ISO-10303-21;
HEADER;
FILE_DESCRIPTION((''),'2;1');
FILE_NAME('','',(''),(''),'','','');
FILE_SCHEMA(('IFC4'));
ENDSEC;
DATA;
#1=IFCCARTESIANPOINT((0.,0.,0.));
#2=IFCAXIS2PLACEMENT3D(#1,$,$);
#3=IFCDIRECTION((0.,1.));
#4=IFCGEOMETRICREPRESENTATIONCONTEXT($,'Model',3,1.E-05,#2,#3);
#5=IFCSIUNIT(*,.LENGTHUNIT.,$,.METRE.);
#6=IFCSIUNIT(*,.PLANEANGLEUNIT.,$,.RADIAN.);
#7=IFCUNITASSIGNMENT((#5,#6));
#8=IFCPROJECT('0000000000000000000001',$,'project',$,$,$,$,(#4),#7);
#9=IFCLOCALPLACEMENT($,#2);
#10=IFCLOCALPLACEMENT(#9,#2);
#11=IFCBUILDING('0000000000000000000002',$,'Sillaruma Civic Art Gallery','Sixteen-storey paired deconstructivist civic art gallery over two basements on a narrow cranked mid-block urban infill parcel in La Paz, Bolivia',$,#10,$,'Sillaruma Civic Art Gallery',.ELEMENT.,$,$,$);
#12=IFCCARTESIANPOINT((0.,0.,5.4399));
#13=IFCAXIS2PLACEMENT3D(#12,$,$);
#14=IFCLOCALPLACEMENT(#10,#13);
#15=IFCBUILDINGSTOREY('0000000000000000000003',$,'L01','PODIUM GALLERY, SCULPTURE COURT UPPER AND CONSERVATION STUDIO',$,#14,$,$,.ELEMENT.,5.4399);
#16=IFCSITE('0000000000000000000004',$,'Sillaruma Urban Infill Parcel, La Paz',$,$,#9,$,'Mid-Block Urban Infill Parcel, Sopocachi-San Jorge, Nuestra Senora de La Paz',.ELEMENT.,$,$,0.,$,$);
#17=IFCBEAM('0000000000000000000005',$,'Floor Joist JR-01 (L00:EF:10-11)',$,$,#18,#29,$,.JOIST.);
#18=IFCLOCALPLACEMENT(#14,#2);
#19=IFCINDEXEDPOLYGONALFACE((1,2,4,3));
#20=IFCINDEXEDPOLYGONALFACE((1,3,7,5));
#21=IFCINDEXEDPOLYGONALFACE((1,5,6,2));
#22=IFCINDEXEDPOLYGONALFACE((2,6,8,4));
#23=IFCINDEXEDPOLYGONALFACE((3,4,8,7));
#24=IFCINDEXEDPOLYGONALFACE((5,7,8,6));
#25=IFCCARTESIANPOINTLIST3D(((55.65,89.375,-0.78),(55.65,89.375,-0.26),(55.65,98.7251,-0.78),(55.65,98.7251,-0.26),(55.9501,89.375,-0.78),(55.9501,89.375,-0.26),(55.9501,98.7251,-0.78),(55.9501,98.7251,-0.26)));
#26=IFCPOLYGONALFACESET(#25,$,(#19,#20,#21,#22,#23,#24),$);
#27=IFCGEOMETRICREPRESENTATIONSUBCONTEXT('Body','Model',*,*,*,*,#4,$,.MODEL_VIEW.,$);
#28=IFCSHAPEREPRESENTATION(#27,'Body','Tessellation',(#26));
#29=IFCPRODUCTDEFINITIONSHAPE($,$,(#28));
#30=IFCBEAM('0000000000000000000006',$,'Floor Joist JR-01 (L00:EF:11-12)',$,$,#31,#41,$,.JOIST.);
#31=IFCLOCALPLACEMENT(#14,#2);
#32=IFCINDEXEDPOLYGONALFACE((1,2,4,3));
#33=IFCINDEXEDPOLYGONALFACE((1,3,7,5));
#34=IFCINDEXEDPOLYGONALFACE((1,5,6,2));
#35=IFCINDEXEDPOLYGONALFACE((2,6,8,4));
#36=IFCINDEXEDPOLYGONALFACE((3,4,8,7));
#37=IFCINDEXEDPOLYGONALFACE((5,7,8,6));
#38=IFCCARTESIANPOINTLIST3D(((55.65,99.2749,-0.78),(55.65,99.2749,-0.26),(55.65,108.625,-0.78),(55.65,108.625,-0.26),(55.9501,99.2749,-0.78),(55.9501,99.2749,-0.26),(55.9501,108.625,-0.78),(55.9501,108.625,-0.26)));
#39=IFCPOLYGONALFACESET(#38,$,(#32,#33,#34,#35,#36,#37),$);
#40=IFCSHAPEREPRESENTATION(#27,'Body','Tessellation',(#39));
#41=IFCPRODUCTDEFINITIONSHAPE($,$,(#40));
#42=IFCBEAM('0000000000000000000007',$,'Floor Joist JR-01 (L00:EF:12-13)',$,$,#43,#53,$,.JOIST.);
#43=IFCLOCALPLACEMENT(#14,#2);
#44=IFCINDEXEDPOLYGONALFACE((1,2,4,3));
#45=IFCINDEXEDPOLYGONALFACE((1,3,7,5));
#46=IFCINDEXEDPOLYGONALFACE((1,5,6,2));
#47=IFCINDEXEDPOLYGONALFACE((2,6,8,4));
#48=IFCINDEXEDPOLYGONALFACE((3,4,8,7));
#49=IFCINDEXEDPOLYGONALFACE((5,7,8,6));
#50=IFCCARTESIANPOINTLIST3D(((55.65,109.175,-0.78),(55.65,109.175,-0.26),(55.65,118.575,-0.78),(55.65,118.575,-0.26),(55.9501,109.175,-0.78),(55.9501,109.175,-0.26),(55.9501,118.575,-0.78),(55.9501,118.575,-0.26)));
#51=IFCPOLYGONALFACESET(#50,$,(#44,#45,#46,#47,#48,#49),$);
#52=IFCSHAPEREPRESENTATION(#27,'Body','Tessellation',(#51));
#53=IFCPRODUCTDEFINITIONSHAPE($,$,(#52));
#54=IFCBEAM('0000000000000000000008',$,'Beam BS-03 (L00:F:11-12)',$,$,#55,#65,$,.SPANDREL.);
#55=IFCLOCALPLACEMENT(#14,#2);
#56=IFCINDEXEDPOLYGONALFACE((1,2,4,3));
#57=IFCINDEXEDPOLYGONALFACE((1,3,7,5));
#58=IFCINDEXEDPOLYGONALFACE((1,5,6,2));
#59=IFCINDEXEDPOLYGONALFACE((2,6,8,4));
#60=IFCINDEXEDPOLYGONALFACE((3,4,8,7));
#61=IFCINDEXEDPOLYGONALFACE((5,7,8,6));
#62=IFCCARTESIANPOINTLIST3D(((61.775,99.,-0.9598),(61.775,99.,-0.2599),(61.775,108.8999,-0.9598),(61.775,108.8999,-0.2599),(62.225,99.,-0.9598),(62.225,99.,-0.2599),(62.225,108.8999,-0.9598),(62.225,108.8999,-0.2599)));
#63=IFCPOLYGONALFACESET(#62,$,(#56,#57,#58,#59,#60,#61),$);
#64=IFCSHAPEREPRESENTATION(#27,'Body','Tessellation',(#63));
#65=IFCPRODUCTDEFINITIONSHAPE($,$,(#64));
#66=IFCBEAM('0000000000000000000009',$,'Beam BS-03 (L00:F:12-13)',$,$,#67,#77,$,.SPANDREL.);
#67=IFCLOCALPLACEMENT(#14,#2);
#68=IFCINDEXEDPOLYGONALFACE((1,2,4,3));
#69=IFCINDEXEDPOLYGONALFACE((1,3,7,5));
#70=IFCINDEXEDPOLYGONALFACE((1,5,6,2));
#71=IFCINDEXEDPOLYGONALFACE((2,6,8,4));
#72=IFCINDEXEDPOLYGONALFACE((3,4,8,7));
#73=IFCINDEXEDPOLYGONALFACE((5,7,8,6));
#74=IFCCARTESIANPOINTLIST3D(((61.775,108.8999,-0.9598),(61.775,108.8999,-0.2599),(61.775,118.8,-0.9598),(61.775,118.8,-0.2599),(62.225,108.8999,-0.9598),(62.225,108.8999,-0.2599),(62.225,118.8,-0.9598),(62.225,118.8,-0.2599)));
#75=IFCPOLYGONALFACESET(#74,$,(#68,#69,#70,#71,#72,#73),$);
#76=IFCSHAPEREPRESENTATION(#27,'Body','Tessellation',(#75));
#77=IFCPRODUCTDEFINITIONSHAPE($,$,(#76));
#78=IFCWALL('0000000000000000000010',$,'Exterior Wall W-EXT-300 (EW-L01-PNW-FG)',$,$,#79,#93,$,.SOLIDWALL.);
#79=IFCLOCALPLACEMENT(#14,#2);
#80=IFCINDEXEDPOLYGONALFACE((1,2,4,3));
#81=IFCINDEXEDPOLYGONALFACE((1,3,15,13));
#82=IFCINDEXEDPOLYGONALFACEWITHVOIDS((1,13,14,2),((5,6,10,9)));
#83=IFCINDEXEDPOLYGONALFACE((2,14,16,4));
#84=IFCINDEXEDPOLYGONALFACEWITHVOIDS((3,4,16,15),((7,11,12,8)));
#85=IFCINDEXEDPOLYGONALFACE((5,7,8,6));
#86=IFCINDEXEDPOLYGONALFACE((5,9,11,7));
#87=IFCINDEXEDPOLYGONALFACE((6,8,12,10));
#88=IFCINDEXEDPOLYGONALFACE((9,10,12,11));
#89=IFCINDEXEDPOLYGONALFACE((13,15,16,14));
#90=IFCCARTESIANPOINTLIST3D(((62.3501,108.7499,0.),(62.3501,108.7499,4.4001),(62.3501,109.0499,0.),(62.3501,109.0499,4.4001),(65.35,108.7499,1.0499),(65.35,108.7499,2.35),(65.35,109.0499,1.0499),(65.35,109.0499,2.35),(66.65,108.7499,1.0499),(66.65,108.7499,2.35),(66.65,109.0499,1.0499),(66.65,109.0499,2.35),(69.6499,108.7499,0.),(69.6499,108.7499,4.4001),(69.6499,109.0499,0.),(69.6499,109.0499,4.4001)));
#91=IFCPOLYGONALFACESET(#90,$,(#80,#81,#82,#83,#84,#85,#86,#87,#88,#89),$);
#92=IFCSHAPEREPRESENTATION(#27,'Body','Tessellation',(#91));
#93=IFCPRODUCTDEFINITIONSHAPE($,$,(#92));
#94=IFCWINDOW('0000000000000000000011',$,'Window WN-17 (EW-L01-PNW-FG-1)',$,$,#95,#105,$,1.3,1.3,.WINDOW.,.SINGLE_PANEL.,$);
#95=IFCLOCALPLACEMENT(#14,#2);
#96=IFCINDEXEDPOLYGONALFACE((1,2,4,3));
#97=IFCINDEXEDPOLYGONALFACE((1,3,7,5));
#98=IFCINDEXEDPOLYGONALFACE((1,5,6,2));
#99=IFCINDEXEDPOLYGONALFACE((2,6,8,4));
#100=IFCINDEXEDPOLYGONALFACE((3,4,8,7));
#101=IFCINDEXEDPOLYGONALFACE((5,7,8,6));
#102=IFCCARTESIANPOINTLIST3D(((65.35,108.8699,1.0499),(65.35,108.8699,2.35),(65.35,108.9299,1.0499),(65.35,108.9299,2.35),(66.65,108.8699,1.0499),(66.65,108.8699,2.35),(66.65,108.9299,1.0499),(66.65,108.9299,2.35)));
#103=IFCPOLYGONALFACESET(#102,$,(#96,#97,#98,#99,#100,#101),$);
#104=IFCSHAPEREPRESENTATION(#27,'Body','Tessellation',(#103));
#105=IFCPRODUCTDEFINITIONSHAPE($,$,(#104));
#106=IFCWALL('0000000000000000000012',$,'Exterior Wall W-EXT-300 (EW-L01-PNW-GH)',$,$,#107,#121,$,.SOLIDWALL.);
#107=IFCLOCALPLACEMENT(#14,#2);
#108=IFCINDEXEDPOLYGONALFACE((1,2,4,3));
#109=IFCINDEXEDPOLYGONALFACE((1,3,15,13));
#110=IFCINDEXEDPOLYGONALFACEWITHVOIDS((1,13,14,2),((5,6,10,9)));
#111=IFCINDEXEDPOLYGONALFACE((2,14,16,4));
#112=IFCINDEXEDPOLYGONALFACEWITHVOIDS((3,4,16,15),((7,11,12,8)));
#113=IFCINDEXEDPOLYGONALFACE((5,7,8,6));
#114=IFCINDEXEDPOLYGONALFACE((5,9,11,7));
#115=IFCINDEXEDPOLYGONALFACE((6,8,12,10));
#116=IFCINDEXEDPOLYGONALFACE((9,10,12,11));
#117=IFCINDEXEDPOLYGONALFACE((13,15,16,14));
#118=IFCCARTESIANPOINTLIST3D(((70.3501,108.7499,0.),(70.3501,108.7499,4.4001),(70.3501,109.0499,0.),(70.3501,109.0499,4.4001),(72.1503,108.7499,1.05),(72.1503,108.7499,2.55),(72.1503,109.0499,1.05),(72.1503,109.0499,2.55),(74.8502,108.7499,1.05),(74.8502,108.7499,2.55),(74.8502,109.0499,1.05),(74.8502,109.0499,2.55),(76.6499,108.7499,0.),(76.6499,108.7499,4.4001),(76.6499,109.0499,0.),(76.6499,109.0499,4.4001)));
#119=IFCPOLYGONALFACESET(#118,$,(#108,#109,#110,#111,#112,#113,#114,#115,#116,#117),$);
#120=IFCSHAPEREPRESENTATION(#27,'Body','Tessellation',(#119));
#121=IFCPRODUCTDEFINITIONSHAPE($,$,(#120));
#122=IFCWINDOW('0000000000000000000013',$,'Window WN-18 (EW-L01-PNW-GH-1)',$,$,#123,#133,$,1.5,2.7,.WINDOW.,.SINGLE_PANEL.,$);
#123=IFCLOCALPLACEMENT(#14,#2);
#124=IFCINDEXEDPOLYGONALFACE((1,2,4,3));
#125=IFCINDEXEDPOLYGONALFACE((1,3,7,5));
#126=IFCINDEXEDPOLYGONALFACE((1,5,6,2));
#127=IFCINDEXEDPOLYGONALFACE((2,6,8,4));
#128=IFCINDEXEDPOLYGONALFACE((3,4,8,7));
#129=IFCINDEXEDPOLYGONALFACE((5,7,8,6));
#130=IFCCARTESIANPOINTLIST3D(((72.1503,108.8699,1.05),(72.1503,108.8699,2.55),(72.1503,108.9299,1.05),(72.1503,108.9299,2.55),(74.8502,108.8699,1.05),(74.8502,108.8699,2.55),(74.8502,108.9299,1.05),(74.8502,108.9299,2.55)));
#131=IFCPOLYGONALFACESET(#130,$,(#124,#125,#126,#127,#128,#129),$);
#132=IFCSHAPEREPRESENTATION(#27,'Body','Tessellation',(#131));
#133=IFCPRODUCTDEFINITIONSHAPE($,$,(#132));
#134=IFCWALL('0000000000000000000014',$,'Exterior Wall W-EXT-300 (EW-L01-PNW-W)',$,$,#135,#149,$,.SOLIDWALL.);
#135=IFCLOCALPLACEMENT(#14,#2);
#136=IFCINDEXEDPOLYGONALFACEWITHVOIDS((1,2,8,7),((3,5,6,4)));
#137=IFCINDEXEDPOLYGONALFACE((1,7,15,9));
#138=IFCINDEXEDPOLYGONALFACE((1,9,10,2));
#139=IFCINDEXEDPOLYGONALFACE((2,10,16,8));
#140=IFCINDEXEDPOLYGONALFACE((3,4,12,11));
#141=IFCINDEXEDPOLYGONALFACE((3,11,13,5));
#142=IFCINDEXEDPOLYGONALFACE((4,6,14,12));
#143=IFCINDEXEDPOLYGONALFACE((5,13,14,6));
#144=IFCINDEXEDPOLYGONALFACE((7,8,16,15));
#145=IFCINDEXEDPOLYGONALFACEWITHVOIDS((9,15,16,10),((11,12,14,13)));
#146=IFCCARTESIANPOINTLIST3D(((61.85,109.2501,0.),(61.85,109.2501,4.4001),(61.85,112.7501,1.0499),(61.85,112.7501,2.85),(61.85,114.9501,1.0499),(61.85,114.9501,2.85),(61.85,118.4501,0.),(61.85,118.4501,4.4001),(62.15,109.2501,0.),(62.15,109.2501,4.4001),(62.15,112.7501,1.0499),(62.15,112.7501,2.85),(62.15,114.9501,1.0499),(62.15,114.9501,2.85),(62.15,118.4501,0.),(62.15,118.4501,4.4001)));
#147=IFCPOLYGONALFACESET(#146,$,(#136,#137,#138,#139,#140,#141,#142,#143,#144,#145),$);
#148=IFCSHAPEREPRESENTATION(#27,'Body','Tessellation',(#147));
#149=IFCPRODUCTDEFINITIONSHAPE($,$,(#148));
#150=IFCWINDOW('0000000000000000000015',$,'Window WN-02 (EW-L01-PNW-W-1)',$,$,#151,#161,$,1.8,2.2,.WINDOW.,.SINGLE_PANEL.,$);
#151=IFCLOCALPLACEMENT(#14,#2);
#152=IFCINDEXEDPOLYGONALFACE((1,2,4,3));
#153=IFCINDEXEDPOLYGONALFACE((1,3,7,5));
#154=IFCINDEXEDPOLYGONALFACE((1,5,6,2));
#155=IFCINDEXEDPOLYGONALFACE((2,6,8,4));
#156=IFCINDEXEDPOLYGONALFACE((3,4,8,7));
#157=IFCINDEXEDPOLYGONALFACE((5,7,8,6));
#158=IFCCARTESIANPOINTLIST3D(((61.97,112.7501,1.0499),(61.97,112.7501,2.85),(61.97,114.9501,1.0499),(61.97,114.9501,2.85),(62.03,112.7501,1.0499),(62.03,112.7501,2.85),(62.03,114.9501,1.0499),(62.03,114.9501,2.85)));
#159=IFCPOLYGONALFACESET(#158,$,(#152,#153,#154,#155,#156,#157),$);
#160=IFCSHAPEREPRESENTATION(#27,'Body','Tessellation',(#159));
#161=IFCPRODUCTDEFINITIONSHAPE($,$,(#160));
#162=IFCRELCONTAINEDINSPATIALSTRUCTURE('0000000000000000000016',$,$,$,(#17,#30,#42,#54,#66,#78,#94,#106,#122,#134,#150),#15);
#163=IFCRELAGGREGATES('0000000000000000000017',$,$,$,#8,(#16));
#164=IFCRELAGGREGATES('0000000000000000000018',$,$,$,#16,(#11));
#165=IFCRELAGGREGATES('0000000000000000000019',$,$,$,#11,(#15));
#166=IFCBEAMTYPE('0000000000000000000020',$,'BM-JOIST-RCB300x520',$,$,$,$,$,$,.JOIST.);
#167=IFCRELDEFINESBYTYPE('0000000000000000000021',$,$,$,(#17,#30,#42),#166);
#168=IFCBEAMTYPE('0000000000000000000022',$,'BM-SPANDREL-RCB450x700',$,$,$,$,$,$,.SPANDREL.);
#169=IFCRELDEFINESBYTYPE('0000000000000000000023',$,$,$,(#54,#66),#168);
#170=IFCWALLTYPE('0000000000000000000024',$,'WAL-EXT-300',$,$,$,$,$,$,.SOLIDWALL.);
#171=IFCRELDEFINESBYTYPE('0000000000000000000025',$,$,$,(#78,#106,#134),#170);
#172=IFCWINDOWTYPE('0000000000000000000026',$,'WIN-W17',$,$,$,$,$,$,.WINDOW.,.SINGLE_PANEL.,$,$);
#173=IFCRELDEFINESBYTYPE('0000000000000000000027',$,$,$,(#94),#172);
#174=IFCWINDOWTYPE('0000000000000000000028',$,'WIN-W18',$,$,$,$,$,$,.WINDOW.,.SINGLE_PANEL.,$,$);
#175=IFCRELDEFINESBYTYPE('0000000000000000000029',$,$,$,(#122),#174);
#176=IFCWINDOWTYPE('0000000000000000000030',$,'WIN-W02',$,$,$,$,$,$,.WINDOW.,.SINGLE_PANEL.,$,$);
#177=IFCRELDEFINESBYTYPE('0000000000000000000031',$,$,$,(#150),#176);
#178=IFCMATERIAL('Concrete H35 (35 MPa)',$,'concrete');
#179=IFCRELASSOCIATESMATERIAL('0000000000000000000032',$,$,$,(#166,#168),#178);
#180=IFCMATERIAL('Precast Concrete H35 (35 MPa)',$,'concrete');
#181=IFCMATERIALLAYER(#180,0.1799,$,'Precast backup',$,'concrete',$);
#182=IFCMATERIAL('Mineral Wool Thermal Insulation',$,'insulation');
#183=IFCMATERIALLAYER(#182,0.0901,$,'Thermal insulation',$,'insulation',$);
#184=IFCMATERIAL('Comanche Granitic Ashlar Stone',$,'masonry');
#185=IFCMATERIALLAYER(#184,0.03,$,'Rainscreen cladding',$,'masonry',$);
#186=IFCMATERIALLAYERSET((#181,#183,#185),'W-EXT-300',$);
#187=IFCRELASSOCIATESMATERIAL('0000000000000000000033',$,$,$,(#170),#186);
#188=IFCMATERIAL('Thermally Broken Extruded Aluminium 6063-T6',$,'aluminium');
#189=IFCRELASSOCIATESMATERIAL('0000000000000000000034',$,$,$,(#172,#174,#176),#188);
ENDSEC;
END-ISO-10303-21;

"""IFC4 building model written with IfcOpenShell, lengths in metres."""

from ifc_helpers import new_model, si_unit, direction, frame, frame_2d, origin, origin_2d, place, context, subcontext, project, spatial, rectangle, extrude, material, layer, layer_set, material_profile, profile_set, type_object, element, fill, save


model = new_model("IFC4")

# Units and contexts
model_context = context("Model", 3, precision=1e-05, world=origin(), true_north=direction((0.0, 1.0)))
body_context = subcontext(model_context, "Body", "Model", "MODEL_VIEW")
ifc_project = project(units=[si_unit("LENGTHUNIT", "METRE"), si_unit("PLANEANGLEUNIT", "RADIAN")], contexts=[model_context])

# Site, building, storey
site_placement = place(None, origin())
site = spatial("IfcSite", under=ifc_project, at=site_placement, Name="Sillaruma Urban Infill Parcel, La Paz", LongName="Mid-Block Urban Infill Parcel, Sopocachi-San Jorge, Nuestra Senora de La Paz", CompositionType="ELEMENT", RefElevation=0.0)
building_placement = place(site_placement, origin())
building = spatial("IfcBuilding", under=site, at=building_placement, Name="Sillaruma Civic Art Gallery", Description="Sixteen-storey paired deconstructivist civic art gallery over two basements on a narrow cranked mid-block urban infill parcel in La Paz, Bolivia", LongName="Sillaruma Civic Art Gallery", CompositionType="ELEMENT")
storey_placement = place(building_placement, frame((0.0, 0.0, 5.4399)))
storey = spatial("IfcBuildingStorey", under=building, at=storey_placement, Name="L01", Description="PODIUM GALLERY, SCULPTURE COURT UPPER AND CONSERVATION STUDIO", CompositionType="ELEMENT", Elevation=5.4399)

# Beams
ifc_material_1 = material(Name="Concrete H35 (35 MPa)", Category="concrete")
ifc_material_profile_1 = material_profile(ifc_material_1, rectangle(XDim=0.3, YDim=0.52, at=origin_2d()), Name="RCB300x520")
ifc_profile_set_1 = profile_set([ifc_material_profile_1], Name="Concrete H35 (35 MPa)")
beam_type_1 = type_object("IfcBeamType", Name="BM-JOIST-RCB300x520", PredefinedType="JOIST", material=ifc_profile_set_1)
for number, where, z_axis, x_axis, name in (
    (1, (55.8, 89.375, -0.52), (0.0, 1.0, 0.0), (-1.0, 0.0, 0.0), "Floor Joist JR-01 (L00:EF:10-11)"),
    (2, (55.8, 99.2749, -0.52), (0.0, 1.0, 0.0), (-1.0, 0.0, 0.0), "Floor Joist JR-01 (L00:EF:11-12)"),
):
    element("IfcBeam", number, at=place(storey_placement, frame(where, z_axis=z_axis, x_axis=x_axis)), inside=storey, type_object=beam_type_1, Name=name, PredefinedType="JOIST", context=body_context, shape_type="SweptSolid", body=[
        extrude(rectangle(XDim=0.3, YDim=0.52, at=origin_2d()), origin(), (0.0, 0.0, 1.0), 9.3501),
    ])
beam_1_placement = place(storey_placement, frame((55.8, 109.175, -0.52), z_axis=(0.0, 1.0, 0.0), x_axis=(-1.0, 0.0, 0.0)))
element("IfcBeam", 3, at=beam_1_placement, inside=storey, type_object=beam_type_1, Name="Floor Joist JR-01 (L00:EF:12-13)", PredefinedType="JOIST", context=body_context, shape_type="SweptSolid", body=[
    extrude(rectangle(XDim=0.3, YDim=0.52, at=origin_2d()), origin(), (0.0, 0.0, 1.0), 9.3999),
])
ifc_material_profile_2 = material_profile(ifc_material_1, rectangle(XDim=0.45, YDim=0.7, at=origin_2d()), Name="RCB450x700")
ifc_profile_set_2 = profile_set([ifc_material_profile_2], Name="Concrete H35 (35 MPa)")
beam_type_2 = type_object("IfcBeamType", Name="BM-SPANDREL-RCB450x700", PredefinedType="SPANDREL", material=ifc_profile_set_2)
beam_2_placement = place(storey_placement, frame((62.0, 99.0, -0.6099), z_axis=(0.0, 1.0, 0.0), x_axis=(-1.0, 0.0, 0.0)))
element("IfcBeam", 4, at=beam_2_placement, inside=storey, type_object=beam_type_2, Name="Beam BS-03 (L00:F:11-12)", PredefinedType="SPANDREL", context=body_context, shape_type="SweptSolid", body=[
    extrude(rectangle(XDim=0.45, YDim=0.7, at=origin_2d()), origin(), (0.0, 0.0, 1.0), 9.8999),
])
beam_3_placement = place(storey_placement, frame((62.0, 108.8999, -0.6099), z_axis=(0.0, 1.0, 0.0), x_axis=(-1.0, 0.0, 0.0)))
element("IfcBeam", 5, at=beam_3_placement, inside=storey, type_object=beam_type_2, Name="Beam BS-03 (L00:F:12-13)", PredefinedType="SPANDREL", context=body_context, shape_type="SweptSolid", body=[
    extrude(rectangle(XDim=0.45, YDim=0.7, at=origin_2d()), origin(), (0.0, 0.0, 1.0), 9.9001),
])

# Walls, openings, windows
ifc_material_2 = material(Name="Precast Concrete H35 (35 MPa)", Category="concrete")
ifc_layer_1 = layer(ifc_material_2, 0.1799, Name="Precast backup", Category="concrete")
ifc_material_3 = material(Name="Mineral Wool Thermal Insulation", Category="insulation")
ifc_layer_2 = layer(ifc_material_3, 0.0901, Name="Thermal insulation", Category="insulation")
ifc_material_4 = material(Name="Comanche Granitic Ashlar Stone", Category="masonry")
ifc_layer_3 = layer(ifc_material_4, 0.03, Name="Rainscreen cladding", Category="masonry")
ifc_layer_set = layer_set([ifc_layer_1, ifc_layer_2, ifc_layer_3], Name="W-EXT-300")
wall_type = type_object("IfcWallType", Name="WAL-EXT-300", PredefinedType="SOLIDWALL", material=ifc_layer_set)
wall_1_placement = place(storey_placement, frame((62.3501, 108.8999, 0.0), z_axis=(0.0, 0.0, 1.0), x_axis=(1.0, 0.0, 0.0)))
wall_1 = element("IfcWall", 6, at=wall_1_placement, inside=storey, type_object=wall_type, Name="Exterior Wall W-EXT-300 (EW-L01-PNW-FG)", PredefinedType="SOLIDWALL", context=body_context, shape_type="SweptSolid", body=[
    extrude(rectangle(XDim=7.2998, YDim=0.3, at=frame_2d((3.6499, 0.0))), origin(), (0.0, 0.0, 1.0), 4.4001),
])
opening_1_placement = place(wall_1_placement, frame((3.0, 0.0, 1.05)))
opening_1 = element("IfcOpeningElement", 7, at=opening_1_placement, cuts=wall_1, PredefinedType="OPENING", context=body_context, shape_type="SweptSolid", body=[
    extrude(rectangle(XDim=1.3, YDim=1.3, at=frame_2d((0.6499, 0.6499))), frame((0.0, 0.1599, 0.0), z_axis=(0.0, -1.0, 0.0), x_axis=(1.0, 0.0, 0.0)), (0.0, 0.0, 1.0), 0.3201),
])
ifc_material_5 = material(Name="Thermally Broken Extruded Aluminium 6063-T6", Category="aluminium")
window_type_1 = type_object("IfcWindowType", Name="WIN-W17", PartitioningType="SINGLE_PANEL", PredefinedType="WINDOW", material=ifc_material_5)
window_1_placement = place(opening_1_placement, origin())
window_1 = element("IfcWindow", 8, at=window_1_placement, inside=storey, type_object=window_type_1, Name="Window WN-17 (EW-L01-PNW-FG-1)", OverallHeight=1.3, OverallWidth=1.3, PartitioningType="SINGLE_PANEL", PredefinedType="WINDOW", context=body_context, shape_type="SweptSolid", body=[
    extrude(rectangle(XDim=1.3, YDim=1.3, at=frame_2d((0.6499, 0.6499))), frame((0.0, 0.03, 0.0), z_axis=(0.0, -1.0, 0.0), x_axis=(1.0, 0.0, 0.0)), (0.0, 0.0, 1.0), 0.0601),
])
fill(opening_1, window_1)
wall_2_placement = place(storey_placement, frame((70.3501, 108.8999, 0.0), z_axis=(0.0, 0.0, 1.0), x_axis=(1.0, 0.0, 0.0)))
wall_2 = element("IfcWall", 9, at=wall_2_placement, inside=storey, type_object=wall_type, Name="Exterior Wall W-EXT-300 (EW-L01-PNW-GH)", PredefinedType="SOLIDWALL", context=body_context, shape_type="SweptSolid", body=[
    extrude(rectangle(XDim=6.2998, YDim=0.3, at=frame_2d((3.1499, 0.0))), origin(), (0.0, 0.0, 1.0), 4.4001),
])
opening_2_placement = place(wall_2_placement, frame((1.8, 0.0, 1.05)))
opening_2 = element("IfcOpeningElement", 10, at=opening_2_placement, cuts=wall_2, PredefinedType="OPENING", context=body_context, shape_type="SweptSolid", body=[
    extrude(rectangle(XDim=2.7, YDim=1.5, at=frame_2d((1.3501, 0.75))), frame((0.0, 0.1599, 0.0), z_axis=(0.0, -1.0, 0.0), x_axis=(1.0, 0.0, 0.0)), (0.0, 0.0, 1.0), 0.3201),
])
window_type_2 = type_object("IfcWindowType", Name="WIN-W18", PartitioningType="SINGLE_PANEL", PredefinedType="WINDOW", material=ifc_material_5)
window_2_placement = place(opening_2_placement, origin())
window_2 = element("IfcWindow", 11, at=window_2_placement, inside=storey, type_object=window_type_2, Name="Window WN-18 (EW-L01-PNW-GH-1)", OverallHeight=1.5, OverallWidth=2.7, PartitioningType="SINGLE_PANEL", PredefinedType="WINDOW", context=body_context, shape_type="SweptSolid", body=[
    extrude(rectangle(XDim=2.7, YDim=1.5, at=frame_2d((1.3501, 0.75))), frame((0.0, 0.03, 0.0), z_axis=(0.0, -1.0, 0.0), x_axis=(1.0, 0.0, 0.0)), (0.0, 0.0, 1.0), 0.0601),
])
fill(opening_2, window_2)
wall_3_placement = place(storey_placement, frame((62.0, 109.25, 0.0), z_axis=(0.0, 0.0, 1.0), x_axis=(0.0, 1.0, 0.0)))
wall_3 = element("IfcWall", 12, at=wall_3_placement, inside=storey, type_object=wall_type, Name="Exterior Wall W-EXT-300 (EW-L01-PNW-W)", PredefinedType="SOLIDWALL", context=body_context, shape_type="SweptSolid", body=[
    extrude(rectangle(XDim=9.2, YDim=0.3, at=frame_2d((4.6001, 0.0))), origin(), (0.0, 0.0, 1.0), 4.4001),
])
opening_3_placement = place(wall_3_placement, frame((3.5, 0.0, 1.05)))
opening_3 = element("IfcOpeningElement", 13, at=opening_3_placement, cuts=wall_3, PredefinedType="OPENING", context=body_context, shape_type="SweptSolid", body=[
    extrude(rectangle(XDim=2.2, YDim=1.8, at=frame_2d((1.1001, 0.8999))), frame((0.0, 0.1599, 0.0), z_axis=(0.0, -1.0, 0.0), x_axis=(1.0, 0.0, 0.0)), (0.0, 0.0, 1.0), 0.3201),
])
window_type_3 = type_object("IfcWindowType", Name="WIN-W02", PartitioningType="SINGLE_PANEL", PredefinedType="WINDOW", material=ifc_material_5)
window_3_placement = place(opening_3_placement, origin())
window_3 = element("IfcWindow", 14, at=window_3_placement, inside=storey, type_object=window_type_3, Name="Window WN-02 (EW-L01-PNW-W-1)", OverallHeight=1.8, OverallWidth=2.2, PartitioningType="SINGLE_PANEL", PredefinedType="WINDOW", context=body_context, shape_type="SweptSolid", body=[
    extrude(rectangle(XDim=2.2, YDim=1.8, at=frame_2d((1.1001, 0.8999))), frame((0.0, 0.03, 0.0), z_axis=(0.0, -1.0, 0.0), x_axis=(1.0, 0.0, 0.0)), (0.0, 0.0, 1.0), 0.0601),
])
fill(opening_3, window_3)

save(model, "model.ifc")
